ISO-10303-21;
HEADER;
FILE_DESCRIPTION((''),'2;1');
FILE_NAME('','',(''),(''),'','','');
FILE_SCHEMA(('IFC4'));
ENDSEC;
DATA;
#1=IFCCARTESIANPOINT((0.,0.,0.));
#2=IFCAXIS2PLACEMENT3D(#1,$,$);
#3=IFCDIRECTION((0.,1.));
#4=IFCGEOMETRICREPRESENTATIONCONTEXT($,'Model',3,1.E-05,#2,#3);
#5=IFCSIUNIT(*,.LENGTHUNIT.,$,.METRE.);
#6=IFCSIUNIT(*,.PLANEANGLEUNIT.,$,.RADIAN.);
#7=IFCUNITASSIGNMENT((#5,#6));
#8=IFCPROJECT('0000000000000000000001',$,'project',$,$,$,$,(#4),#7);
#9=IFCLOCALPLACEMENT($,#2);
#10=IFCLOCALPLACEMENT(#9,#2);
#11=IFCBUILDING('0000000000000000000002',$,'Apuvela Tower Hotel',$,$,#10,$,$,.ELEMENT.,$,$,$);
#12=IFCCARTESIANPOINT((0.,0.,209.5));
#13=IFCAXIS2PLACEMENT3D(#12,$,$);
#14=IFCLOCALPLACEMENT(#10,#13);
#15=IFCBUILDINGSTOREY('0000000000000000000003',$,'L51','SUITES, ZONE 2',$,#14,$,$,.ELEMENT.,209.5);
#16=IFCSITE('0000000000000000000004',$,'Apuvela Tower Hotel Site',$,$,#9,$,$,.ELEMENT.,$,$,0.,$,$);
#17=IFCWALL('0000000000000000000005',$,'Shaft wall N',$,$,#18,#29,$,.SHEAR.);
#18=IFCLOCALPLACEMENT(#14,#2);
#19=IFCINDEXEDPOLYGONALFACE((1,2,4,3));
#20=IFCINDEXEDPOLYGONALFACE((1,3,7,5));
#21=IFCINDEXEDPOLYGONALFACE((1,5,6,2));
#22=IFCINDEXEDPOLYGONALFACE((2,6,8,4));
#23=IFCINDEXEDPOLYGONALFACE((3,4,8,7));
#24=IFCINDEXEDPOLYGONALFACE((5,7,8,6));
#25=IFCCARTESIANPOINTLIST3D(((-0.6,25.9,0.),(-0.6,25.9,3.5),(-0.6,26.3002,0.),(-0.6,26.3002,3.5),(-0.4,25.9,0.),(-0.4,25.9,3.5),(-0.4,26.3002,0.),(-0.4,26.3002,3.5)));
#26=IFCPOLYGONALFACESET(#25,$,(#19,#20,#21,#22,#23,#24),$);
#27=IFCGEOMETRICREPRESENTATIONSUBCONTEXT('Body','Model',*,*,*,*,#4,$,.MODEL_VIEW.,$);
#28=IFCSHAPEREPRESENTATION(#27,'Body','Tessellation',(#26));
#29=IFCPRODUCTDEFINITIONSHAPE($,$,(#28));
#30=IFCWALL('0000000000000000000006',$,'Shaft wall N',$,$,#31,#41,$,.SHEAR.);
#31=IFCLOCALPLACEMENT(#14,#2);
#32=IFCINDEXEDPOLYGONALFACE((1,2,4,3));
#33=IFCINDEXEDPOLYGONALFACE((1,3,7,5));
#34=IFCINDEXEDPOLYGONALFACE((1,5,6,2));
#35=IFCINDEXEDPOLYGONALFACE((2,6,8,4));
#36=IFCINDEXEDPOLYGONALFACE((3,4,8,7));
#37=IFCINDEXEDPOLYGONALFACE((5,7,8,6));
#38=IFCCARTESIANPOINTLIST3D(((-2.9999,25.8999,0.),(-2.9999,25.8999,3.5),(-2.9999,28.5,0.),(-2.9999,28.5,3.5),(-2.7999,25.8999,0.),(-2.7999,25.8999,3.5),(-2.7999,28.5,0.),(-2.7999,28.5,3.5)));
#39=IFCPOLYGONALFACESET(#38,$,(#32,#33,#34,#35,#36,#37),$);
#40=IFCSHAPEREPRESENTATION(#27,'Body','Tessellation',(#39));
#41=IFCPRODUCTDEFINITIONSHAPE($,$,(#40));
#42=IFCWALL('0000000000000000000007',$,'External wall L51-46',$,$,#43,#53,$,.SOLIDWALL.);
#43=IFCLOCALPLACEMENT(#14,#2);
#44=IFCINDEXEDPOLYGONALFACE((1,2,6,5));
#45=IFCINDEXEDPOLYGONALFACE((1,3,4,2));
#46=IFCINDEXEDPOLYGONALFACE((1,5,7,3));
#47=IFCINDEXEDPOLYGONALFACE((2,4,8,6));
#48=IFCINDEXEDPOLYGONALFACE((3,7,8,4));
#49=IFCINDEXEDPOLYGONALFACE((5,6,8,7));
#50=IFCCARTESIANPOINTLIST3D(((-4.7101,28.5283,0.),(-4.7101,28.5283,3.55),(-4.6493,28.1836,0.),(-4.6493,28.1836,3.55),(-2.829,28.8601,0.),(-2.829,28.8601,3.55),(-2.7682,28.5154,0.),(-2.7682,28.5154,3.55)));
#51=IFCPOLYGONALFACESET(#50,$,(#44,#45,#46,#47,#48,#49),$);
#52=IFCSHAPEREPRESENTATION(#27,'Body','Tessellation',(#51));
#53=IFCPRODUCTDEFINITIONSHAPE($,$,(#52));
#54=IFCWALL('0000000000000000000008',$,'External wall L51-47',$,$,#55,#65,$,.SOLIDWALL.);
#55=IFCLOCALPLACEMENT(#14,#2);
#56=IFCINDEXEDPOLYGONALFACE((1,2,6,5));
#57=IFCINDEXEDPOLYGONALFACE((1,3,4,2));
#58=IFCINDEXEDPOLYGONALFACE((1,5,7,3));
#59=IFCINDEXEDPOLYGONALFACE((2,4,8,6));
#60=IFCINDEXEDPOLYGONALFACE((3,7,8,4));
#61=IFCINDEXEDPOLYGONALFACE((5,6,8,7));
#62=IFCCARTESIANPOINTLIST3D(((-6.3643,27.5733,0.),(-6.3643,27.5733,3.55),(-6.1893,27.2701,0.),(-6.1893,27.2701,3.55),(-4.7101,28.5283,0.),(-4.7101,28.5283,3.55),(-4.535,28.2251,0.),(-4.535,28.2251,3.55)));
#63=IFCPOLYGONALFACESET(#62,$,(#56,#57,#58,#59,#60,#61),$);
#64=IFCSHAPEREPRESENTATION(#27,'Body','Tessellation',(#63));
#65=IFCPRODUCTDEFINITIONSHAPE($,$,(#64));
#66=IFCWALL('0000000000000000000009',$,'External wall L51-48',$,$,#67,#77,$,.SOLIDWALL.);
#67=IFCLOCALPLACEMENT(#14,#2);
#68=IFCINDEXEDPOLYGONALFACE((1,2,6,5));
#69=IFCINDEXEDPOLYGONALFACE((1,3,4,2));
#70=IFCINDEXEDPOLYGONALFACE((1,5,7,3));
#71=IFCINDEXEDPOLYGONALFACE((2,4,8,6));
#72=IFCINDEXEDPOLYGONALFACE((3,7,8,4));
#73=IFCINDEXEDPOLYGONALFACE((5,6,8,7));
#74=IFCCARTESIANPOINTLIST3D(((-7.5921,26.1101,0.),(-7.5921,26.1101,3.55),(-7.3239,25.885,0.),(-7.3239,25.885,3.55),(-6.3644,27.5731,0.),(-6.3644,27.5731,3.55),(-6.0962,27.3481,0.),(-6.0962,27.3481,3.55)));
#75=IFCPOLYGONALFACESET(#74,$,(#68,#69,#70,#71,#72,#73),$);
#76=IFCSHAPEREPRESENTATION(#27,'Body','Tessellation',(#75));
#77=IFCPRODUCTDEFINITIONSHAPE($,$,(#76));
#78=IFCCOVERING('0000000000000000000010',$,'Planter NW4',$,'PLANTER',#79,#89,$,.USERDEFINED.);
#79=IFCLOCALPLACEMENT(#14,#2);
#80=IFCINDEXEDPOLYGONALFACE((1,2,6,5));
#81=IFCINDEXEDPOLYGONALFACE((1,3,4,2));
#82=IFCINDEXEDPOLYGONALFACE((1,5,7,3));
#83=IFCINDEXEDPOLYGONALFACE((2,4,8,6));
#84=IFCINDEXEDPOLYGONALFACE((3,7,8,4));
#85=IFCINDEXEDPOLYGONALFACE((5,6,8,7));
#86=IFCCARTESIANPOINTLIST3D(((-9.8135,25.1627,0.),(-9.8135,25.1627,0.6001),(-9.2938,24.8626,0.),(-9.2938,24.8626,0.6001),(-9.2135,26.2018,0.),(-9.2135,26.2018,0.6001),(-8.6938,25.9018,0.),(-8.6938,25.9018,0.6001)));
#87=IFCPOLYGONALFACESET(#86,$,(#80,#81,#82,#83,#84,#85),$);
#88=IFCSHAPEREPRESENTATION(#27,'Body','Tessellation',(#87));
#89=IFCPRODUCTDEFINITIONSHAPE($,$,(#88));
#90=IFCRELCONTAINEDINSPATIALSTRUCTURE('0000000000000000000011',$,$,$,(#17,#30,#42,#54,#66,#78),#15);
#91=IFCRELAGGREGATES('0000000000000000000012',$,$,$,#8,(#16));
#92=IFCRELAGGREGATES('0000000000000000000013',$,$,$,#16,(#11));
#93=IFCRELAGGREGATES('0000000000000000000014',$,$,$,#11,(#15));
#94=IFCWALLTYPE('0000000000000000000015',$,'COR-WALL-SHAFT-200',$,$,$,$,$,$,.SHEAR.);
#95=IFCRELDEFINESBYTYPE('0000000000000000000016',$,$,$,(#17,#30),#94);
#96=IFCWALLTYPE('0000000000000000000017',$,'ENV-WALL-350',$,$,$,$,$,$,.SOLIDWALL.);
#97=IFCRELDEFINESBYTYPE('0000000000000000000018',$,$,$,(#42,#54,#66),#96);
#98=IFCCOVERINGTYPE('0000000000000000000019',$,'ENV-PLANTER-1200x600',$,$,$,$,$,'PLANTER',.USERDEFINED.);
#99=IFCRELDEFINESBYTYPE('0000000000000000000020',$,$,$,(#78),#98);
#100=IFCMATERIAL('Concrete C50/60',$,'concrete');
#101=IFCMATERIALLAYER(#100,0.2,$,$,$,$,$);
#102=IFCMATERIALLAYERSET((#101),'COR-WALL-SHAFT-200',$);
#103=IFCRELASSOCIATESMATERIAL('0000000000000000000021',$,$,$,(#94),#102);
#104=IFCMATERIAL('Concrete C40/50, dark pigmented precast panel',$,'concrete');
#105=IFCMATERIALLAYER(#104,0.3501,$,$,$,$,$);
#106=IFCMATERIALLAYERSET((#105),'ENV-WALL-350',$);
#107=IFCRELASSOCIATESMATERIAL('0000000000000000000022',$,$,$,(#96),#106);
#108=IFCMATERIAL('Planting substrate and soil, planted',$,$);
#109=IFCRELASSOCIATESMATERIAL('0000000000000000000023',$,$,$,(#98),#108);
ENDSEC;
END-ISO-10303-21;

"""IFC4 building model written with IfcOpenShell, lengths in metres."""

from ifc_helpers import new_model, si_unit, direction, frame, frame_2d, origin, origin_2d, place, context, subcontext, project, spatial, rectangle, extrude, material, layer, layer_set, type_object, element, save


model = new_model("IFC4")

# Units and contexts
model_context = context("Model", 3, precision=1e-05, world=origin(), true_north=direction((0.0, 1.0)))
body_context = subcontext(model_context, "Body", "Model", "MODEL_VIEW")
ifc_project = project(units=[si_unit("LENGTHUNIT", "METRE"), si_unit("PLANEANGLEUNIT", "RADIAN")], contexts=[model_context])

# Site, building, storey
site_placement = place(None, origin())
site = spatial("IfcSite", under=ifc_project, at=site_placement, Name="Apuvela Tower Hotel Site", CompositionType="ELEMENT", RefElevation=0.0)
building_placement = place(site_placement, origin())
building = spatial("IfcBuilding", under=site, at=building_placement, Name="Apuvela Tower Hotel", CompositionType="ELEMENT")
storey_placement = place(building_placement, frame((0.0, 0.0, 209.5)))
storey = spatial("IfcBuildingStorey", under=building, at=storey_placement, Name="L51", Description="SUITES, ZONE 2", CompositionType="ELEMENT", Elevation=209.5)

# Walls
ifc_material_1 = material(Name="Concrete C50/60", Category="concrete")
ifc_layer_1 = layer(ifc_material_1, 0.2)
ifc_layer_set_1 = layer_set([ifc_layer_1], Name="COR-WALL-SHAFT-200")
wall_type_1 = type_object("IfcWallType", Name="COR-WALL-SHAFT-200", PredefinedType="SHEAR", material=ifc_layer_set_1)
wall_1_placement = place(storey_placement, frame((-0.5, 25.8999, 0.0), z_axis=(0.0, 0.0, 1.0), x_axis=(0.0, 1.0, 0.0)))
element("IfcWall", 1, at=wall_1_placement, inside=storey, type_object=wall_type_1, Name="Shaft wall N", PredefinedType="SHEAR", context=body_context, shape_type="SweptSolid", body=[
    extrude(rectangle(XDim=0.4001, YDim=0.2, at=frame_2d((0.2002, 0.0))), origin(), (0.0, 0.0, 1.0), 3.5),
])
wall_2_placement = place(storey_placement, frame((-2.8999, 25.8999, 0.0), z_axis=(0.0, 0.0, 1.0), x_axis=(0.0, 1.0, 0.0)))
element("IfcWall", 2, at=wall_2_placement, inside=storey, type_object=wall_type_1, Name="Shaft wall N", PredefinedType="SHEAR", context=body_context, shape_type="SweptSolid", body=[
    extrude(rectangle(XDim=2.6001, YDim=0.2, at=frame_2d((1.3, 0.0))), origin(), (0.0, 0.0, 1.0), 3.5),
])

# Shared definitions
ifc_material_2 = material(Name="Concrete C40/50, dark pigmented precast panel", Category="concrete")
ifc_layer_2 = layer(ifc_material_2, 0.3501)
ifc_layer_set_2 = layer_set([ifc_layer_2], Name="ENV-WALL-350")
wall_type_2 = type_object("IfcWallType", Name="ENV-WALL-350", PredefinedType="SOLIDWALL", material=ifc_layer_set_2)

# Walls
for number, where, z_axis, x_axis, name in (
    (3, (-2.7986, 28.6877, 0.0), (0.0, 0.0, 1.0), (-0.984799, -0.173698, 0.0), "External wall L51-46"),
    (4, (-4.6226, 28.3767, 0.0), (0.0, 0.0, 1.0), (-0.866032, -0.499988, 0.0), "External wall L51-47"),
):
    element("IfcWall", number, at=place(storey_placement, frame(where, z_axis=z_axis, x_axis=x_axis)), inside=storey, type_object=wall_type_2, Name=name, PredefinedType="SOLIDWALL", context=body_context, shape_type="SweptSolid", body=[
        extrude(rectangle(XDim=1.9102, YDim=0.3501, at=frame_2d((0.9551, 0.0))), origin(), (0.0, 0.0, 1.0), 3.55),
    ])
wall_3_placement = place(storey_placement, frame((-6.2302, 27.4607, 0.0), z_axis=(0.0, 0.0, 1.0), x_axis=(-0.642808, -0.766027, 0.0)))
element("IfcWall", 5, at=wall_3_placement, inside=storey, type_object=wall_type_2, Name="External wall L51-48", PredefinedType="SOLIDWALL", context=body_context, shape_type="SweptSolid", body=[
    extrude(rectangle(XDim=1.9099, YDim=0.3501, at=frame_2d((0.9551, 0.0))), origin(), (0.0, 0.0, 1.0), 3.55),
])

# Covering
ifc_material_3 = material(Name="Planting substrate and soil, planted")
covering_type = type_object("IfcCoveringType", Name="ENV-PLANTER-1200x600", ElementType="PLANTER", PredefinedType="USERDEFINED", material=ifc_material_3)
covering_placement = place(storey_placement, frame((-9.2537, 25.5322, 0.0), z_axis=(0.0, 0.0, 1.0), x_axis=(-0.5, -0.866025, 0.0)))
element("IfcCovering", 6, at=covering_placement, inside=storey, type_object=covering_type, Name="Planter NW4", ObjectType="PLANTER", PredefinedType="USERDEFINED", context=body_context, shape_type="SweptSolid", body=[
    extrude(rectangle(XDim=1.2, YDim=0.6001, at=origin_2d()), origin(), (0.0, 0.0, 1.0), 0.6001),
])

save(model, "model.ifc")
